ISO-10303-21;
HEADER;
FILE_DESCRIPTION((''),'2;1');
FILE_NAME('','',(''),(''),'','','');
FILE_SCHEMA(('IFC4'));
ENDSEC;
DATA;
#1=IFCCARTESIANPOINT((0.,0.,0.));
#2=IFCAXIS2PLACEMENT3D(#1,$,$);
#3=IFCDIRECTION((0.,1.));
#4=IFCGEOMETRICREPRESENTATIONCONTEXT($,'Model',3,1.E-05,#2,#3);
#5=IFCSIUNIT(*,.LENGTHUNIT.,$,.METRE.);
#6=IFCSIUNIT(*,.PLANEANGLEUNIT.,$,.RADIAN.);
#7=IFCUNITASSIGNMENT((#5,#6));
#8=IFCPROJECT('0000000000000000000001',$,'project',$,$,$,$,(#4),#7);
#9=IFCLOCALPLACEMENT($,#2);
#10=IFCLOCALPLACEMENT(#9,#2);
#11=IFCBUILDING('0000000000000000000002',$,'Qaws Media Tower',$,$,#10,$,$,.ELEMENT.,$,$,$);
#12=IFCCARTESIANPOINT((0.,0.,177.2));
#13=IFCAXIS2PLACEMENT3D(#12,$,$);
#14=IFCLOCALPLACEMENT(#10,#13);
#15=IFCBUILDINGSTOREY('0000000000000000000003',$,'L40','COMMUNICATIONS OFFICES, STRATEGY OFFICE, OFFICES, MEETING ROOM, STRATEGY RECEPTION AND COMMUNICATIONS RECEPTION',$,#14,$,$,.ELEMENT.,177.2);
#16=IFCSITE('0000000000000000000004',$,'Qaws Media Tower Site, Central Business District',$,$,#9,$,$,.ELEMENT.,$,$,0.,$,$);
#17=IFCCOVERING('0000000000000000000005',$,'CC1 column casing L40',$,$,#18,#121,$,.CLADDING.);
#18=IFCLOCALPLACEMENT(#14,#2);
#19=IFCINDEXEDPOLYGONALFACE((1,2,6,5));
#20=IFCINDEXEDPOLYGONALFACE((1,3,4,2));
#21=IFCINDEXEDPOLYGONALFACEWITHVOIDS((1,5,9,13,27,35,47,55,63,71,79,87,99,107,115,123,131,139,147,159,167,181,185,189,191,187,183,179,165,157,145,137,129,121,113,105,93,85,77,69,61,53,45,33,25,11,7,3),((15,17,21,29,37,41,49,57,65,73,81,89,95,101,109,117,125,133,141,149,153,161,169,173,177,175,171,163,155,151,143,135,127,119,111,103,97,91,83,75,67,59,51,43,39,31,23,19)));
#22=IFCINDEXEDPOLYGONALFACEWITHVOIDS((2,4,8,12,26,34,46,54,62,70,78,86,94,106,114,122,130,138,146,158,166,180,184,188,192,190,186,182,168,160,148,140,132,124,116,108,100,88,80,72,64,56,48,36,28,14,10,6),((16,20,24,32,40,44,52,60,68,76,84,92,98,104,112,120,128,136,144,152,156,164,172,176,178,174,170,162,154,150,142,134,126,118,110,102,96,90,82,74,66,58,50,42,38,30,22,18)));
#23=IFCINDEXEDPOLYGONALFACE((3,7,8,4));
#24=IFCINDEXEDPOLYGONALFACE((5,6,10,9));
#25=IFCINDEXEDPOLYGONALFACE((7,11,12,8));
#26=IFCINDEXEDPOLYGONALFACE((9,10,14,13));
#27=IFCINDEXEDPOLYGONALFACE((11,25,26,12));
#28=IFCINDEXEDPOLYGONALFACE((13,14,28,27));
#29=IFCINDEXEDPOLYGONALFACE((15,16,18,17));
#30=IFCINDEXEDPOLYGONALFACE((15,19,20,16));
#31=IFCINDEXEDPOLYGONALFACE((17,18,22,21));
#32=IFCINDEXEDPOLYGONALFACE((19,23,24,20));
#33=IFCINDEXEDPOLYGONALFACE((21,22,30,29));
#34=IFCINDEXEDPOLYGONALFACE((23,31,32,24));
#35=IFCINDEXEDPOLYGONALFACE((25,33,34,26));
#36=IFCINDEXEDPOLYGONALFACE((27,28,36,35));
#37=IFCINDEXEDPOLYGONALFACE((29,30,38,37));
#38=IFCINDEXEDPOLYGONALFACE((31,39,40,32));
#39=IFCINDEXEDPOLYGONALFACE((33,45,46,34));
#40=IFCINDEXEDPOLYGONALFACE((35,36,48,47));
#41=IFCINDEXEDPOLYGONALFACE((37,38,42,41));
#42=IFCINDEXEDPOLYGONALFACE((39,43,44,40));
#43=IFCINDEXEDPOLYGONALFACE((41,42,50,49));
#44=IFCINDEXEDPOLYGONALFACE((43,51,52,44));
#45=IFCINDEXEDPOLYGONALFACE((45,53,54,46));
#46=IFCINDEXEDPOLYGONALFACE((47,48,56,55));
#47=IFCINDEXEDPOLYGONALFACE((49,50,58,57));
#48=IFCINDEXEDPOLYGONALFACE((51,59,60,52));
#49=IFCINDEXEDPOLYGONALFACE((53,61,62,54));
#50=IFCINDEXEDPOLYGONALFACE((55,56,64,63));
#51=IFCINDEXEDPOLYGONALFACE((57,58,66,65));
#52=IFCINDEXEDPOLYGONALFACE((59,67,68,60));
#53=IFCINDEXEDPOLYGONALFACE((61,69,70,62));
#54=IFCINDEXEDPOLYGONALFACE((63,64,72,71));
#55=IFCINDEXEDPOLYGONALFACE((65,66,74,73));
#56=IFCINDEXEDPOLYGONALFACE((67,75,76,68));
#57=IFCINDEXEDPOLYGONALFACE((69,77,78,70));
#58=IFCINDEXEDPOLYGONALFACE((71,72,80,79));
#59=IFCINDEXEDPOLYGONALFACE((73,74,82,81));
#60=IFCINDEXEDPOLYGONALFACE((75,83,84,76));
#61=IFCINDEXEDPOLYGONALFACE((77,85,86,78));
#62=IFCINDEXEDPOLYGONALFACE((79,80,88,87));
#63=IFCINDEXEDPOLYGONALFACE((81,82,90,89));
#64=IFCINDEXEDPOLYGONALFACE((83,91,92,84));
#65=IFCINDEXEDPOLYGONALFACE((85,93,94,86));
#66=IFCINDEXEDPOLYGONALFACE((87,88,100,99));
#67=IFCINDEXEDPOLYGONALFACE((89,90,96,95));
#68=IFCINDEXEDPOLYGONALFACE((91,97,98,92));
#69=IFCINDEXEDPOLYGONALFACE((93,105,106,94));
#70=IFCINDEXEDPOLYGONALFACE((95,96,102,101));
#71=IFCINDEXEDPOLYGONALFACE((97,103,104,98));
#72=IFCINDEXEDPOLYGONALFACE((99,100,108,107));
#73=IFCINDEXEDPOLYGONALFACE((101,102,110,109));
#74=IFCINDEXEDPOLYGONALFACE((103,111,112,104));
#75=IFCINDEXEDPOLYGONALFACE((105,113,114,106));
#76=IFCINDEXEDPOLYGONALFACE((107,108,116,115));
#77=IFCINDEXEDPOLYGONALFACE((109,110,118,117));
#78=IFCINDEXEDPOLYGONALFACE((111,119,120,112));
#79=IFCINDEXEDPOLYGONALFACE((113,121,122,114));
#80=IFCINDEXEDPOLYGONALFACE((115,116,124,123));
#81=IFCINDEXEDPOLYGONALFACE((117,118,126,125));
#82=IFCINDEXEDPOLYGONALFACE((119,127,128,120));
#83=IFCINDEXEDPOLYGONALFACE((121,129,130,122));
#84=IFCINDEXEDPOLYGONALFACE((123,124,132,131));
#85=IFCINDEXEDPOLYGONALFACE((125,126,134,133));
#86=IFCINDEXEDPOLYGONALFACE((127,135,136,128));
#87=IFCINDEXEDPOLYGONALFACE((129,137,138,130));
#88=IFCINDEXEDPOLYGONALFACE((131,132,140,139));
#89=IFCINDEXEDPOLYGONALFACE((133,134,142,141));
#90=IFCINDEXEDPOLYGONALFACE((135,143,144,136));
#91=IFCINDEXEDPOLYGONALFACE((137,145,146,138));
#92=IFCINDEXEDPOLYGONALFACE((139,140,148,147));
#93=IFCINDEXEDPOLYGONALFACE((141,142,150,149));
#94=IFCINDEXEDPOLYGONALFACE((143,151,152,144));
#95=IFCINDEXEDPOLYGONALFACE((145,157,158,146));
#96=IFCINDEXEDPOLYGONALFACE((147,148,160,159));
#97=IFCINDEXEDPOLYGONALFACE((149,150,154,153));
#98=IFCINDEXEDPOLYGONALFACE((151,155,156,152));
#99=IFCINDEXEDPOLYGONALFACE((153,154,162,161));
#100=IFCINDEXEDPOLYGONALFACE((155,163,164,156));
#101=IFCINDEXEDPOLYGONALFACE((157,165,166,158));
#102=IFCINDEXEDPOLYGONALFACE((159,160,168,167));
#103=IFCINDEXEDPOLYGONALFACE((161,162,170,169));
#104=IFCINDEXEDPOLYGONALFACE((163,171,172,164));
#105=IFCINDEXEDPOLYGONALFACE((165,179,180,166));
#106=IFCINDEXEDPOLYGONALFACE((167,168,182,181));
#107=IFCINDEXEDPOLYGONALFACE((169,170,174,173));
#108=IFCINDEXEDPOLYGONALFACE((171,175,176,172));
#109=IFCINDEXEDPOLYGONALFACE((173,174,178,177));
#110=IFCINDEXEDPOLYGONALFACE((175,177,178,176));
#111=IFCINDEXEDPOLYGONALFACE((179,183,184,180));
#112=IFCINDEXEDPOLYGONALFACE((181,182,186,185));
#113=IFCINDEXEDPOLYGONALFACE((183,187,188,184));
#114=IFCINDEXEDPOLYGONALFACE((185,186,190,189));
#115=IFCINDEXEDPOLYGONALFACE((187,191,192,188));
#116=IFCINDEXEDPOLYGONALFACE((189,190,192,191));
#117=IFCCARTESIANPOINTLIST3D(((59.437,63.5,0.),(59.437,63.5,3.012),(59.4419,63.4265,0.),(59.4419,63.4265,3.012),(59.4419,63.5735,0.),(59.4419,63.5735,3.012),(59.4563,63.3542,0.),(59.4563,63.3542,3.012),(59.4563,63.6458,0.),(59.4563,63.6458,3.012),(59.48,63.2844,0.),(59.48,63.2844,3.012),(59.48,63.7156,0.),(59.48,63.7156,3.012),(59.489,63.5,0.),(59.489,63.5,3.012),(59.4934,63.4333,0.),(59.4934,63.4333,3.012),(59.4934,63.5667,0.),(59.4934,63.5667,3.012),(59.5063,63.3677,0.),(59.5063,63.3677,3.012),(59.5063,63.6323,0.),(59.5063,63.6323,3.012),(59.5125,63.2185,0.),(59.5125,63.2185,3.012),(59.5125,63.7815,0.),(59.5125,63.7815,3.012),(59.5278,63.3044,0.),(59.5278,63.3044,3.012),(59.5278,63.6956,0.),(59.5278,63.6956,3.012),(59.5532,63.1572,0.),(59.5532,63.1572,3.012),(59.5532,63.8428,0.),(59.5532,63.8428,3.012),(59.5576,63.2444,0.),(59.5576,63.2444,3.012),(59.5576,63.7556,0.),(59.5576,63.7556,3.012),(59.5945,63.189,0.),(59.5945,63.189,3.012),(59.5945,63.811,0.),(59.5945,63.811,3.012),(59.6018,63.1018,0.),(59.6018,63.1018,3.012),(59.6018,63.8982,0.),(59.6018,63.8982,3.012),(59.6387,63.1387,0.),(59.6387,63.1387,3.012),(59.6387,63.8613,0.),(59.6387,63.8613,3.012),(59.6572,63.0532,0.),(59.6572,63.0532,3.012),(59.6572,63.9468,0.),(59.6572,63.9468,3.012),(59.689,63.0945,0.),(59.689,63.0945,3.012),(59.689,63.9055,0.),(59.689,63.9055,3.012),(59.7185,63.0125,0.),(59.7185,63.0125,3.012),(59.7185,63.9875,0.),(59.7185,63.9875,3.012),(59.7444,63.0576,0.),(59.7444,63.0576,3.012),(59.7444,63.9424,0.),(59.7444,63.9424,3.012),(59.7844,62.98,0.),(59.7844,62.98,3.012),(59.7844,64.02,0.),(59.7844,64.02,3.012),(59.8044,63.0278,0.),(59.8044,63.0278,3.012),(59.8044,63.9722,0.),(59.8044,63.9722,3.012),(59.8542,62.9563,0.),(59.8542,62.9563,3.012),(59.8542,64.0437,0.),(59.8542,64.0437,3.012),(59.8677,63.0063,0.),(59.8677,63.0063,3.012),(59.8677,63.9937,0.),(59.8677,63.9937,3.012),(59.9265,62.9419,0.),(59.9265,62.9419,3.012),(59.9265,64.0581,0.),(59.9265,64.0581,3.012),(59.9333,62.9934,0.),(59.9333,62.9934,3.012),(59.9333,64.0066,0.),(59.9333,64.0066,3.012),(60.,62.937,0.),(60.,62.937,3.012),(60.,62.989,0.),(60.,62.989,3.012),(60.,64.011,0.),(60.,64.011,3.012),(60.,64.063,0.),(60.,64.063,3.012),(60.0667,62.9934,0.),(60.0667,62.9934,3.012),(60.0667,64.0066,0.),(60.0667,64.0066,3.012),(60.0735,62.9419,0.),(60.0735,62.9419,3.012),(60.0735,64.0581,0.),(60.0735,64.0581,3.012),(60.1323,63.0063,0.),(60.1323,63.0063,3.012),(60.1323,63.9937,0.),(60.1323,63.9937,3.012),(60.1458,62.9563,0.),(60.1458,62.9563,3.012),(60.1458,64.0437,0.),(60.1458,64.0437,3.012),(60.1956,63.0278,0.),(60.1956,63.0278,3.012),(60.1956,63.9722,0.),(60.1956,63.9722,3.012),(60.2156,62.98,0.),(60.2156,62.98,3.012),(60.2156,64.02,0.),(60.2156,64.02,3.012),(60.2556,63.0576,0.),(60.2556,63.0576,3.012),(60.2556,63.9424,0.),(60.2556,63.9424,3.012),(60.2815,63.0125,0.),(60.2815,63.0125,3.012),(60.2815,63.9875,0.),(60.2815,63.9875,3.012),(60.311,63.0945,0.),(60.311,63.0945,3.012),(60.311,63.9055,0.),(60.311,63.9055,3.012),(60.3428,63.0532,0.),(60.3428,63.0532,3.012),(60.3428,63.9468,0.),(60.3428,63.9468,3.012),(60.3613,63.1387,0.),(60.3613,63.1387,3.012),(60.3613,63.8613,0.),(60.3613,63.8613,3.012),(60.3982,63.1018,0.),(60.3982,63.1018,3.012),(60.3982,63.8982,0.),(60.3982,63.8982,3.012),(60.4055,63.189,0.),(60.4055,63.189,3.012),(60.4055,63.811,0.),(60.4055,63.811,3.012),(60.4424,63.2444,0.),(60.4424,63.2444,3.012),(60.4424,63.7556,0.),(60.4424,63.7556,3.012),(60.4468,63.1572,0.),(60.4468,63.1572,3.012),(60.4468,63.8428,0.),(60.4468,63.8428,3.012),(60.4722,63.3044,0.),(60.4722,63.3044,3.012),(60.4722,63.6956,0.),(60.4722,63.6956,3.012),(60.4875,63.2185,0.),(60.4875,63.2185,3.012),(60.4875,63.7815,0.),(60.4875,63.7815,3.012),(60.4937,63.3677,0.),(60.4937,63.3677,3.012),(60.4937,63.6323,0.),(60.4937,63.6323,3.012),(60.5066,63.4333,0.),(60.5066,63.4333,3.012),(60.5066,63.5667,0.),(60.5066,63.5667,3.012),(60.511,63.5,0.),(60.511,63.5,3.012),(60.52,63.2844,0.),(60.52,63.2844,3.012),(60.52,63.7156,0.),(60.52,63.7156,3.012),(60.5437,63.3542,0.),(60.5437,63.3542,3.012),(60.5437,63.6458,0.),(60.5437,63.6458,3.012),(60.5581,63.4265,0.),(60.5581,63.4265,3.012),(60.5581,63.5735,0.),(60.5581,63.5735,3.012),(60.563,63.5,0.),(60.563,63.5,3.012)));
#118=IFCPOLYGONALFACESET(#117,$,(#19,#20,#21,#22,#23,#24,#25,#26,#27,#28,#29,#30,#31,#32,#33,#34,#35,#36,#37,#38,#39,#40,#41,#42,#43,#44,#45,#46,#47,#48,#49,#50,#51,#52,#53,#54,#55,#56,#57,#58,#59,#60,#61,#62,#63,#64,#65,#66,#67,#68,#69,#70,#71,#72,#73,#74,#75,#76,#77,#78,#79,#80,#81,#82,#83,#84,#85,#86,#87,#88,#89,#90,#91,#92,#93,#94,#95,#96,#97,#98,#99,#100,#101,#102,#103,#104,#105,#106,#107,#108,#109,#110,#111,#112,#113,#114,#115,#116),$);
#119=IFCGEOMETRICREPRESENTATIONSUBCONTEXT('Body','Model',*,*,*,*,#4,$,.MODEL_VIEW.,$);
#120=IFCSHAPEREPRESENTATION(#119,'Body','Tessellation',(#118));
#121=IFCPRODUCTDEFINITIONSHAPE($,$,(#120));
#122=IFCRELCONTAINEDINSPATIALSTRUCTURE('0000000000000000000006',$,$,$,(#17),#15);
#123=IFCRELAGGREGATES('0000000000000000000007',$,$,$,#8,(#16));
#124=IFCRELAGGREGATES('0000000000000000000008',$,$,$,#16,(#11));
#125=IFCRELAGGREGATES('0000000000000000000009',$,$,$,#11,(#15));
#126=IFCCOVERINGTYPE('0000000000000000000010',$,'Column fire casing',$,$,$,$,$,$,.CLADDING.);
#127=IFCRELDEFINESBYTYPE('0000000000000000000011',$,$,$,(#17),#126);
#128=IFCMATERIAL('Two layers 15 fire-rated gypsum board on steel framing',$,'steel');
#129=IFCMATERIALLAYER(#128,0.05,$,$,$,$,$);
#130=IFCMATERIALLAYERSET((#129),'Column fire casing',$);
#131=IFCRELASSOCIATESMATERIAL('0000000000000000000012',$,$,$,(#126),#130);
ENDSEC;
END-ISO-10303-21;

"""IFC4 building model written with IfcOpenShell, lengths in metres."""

from ifc_helpers import new_model, si_unit, direction, frame, origin, place, context, subcontext, project, spatial, polyline, outline, extrude, material, layer, layer_set, type_object, element, save


model = new_model("IFC4")

# Units and contexts
model_context = context("Model", 3, precision=1e-05, world=origin(), true_north=direction((0.0, 1.0)))
body_context = subcontext(model_context, "Body", "Model", "MODEL_VIEW")
ifc_project = project(units=[si_unit("LENGTHUNIT", "METRE"), si_unit("PLANEANGLEUNIT", "RADIAN")], contexts=[model_context])

# Site, building, storey
site_placement = place(None, origin())
site = spatial("IfcSite", under=ifc_project, at=site_placement, Name="Qaws Media Tower Site, Central Business District", CompositionType="ELEMENT", RefElevation=0.0)
building_placement = place(site_placement, origin())
building = spatial("IfcBuilding", under=site, at=building_placement, Name="Qaws Media Tower", CompositionType="ELEMENT")
storey_placement = place(building_placement, frame((0.0, 0.0, 177.2)))
storey = spatial("IfcBuildingStorey", under=building, at=storey_placement, Name="L40", Description="COMMUNICATIONS OFFICES, STRATEGY OFFICE, OFFICES, MEETING ROOM, STRATEGY RECEPTION AND COMMUNICATIONS RECEPTION", CompositionType="ELEMENT", Elevation=177.2)

# Covering
ifc_material_1 = material(Name="Two layers 15 fire-rated gypsum board on steel framing", Category="steel")
ifc_layer_1 = layer(ifc_material_1, 0.05)
ifc_layer_set_1 = layer_set([ifc_layer_1], Name="Column fire casing")
covering_type = type_object("IfcCoveringType", Name="Column fire casing", PredefinedType="CLADDING", material=ifc_layer_set_1)
covering_placement = place(storey_placement, origin())
element("IfcCovering", 1, at=covering_placement, inside=storey, type_object=covering_type, Name="CC1 column casing L40", PredefinedType="CLADDING", context=body_context, shape_type="SweptSolid", body=[
    extrude(outline(polyline([(60.563, 63.5), (60.5581, 63.4265), (60.5437, 63.3542), (60.52, 63.2844), (60.4875, 63.2185), (60.4468, 63.1572), (60.3982, 63.1018), (60.3428, 63.0532), (60.2815, 63.0125), (60.2156, 62.98), (60.1458, 62.9563), (60.0735, 62.9419), (60.0, 62.937), (59.9265, 62.9419), (59.8542, 62.9563), (59.7844, 62.98), (59.7185, 63.0125), (59.6572, 63.0532), (59.6018, 63.1018), (59.5532, 63.1572), (59.5125, 63.2185), (59.48, 63.2844), (59.4563, 63.3542), (59.4419, 63.4265), (59.437, 63.5), (59.4419, 63.5735), (59.4563, 63.6458), (59.48, 63.7156), (59.5125, 63.7815), (59.5532, 63.8428), (59.6018, 63.8982), (59.6572, 63.9468), (59.7185, 63.9875), (59.7844, 64.02), (59.8542, 64.0437), (59.9265, 64.0581), (60.0, 64.063), (60.0735, 64.0581), (60.1458, 64.0437), (60.2156, 64.02), (60.2815, 63.9875), (60.3428, 63.9468), (60.3982, 63.8982), (60.4468, 63.8428), (60.4875, 63.7815), (60.52, 63.7156), (60.5437, 63.6458), (60.5581, 63.5735), (60.563, 63.5)]), holes=[polyline([(60.511, 63.5), (60.5066, 63.4333), (60.4937, 63.3677), (60.4722, 63.3044), (60.4424, 63.2444), (60.4055, 63.189), (60.3613, 63.1387), (60.311, 63.0945), (60.2556, 63.0576), (60.1956, 63.0278), (60.1323, 63.0063), (60.0667, 62.9934), (60.0, 62.989), (59.9333, 62.9934), (59.8677, 63.0063), (59.8044, 63.0278), (59.7444, 63.0576), (59.689, 63.0945), (59.6387, 63.1387), (59.5945, 63.189), (59.5576, 63.2444), (59.5278, 63.3044), (59.5063, 63.3677), (59.4934, 63.4333), (59.489, 63.5), (59.4934, 63.5667), (59.5063, 63.6323), (59.5278, 63.6956), (59.5576, 63.7556), (59.5945, 63.811), (59.6387, 63.8613), (59.689, 63.9055), (59.7444, 63.9424), (59.8044, 63.9722), (59.8677, 63.9937), (59.9333, 64.0066), (60.0, 64.011), (60.0667, 64.0066), (60.1323, 63.9937), (60.1956, 63.9722), (60.2556, 63.9424), (60.311, 63.9055), (60.3613, 63.8613), (60.4055, 63.811), (60.4424, 63.7556), (60.4722, 63.6956), (60.4937, 63.6323), (60.5066, 63.5667), (60.511, 63.5)])]), origin(), (0.0, 0.0, 1.0), 3.012),
])

save(model, "model.ifc")
